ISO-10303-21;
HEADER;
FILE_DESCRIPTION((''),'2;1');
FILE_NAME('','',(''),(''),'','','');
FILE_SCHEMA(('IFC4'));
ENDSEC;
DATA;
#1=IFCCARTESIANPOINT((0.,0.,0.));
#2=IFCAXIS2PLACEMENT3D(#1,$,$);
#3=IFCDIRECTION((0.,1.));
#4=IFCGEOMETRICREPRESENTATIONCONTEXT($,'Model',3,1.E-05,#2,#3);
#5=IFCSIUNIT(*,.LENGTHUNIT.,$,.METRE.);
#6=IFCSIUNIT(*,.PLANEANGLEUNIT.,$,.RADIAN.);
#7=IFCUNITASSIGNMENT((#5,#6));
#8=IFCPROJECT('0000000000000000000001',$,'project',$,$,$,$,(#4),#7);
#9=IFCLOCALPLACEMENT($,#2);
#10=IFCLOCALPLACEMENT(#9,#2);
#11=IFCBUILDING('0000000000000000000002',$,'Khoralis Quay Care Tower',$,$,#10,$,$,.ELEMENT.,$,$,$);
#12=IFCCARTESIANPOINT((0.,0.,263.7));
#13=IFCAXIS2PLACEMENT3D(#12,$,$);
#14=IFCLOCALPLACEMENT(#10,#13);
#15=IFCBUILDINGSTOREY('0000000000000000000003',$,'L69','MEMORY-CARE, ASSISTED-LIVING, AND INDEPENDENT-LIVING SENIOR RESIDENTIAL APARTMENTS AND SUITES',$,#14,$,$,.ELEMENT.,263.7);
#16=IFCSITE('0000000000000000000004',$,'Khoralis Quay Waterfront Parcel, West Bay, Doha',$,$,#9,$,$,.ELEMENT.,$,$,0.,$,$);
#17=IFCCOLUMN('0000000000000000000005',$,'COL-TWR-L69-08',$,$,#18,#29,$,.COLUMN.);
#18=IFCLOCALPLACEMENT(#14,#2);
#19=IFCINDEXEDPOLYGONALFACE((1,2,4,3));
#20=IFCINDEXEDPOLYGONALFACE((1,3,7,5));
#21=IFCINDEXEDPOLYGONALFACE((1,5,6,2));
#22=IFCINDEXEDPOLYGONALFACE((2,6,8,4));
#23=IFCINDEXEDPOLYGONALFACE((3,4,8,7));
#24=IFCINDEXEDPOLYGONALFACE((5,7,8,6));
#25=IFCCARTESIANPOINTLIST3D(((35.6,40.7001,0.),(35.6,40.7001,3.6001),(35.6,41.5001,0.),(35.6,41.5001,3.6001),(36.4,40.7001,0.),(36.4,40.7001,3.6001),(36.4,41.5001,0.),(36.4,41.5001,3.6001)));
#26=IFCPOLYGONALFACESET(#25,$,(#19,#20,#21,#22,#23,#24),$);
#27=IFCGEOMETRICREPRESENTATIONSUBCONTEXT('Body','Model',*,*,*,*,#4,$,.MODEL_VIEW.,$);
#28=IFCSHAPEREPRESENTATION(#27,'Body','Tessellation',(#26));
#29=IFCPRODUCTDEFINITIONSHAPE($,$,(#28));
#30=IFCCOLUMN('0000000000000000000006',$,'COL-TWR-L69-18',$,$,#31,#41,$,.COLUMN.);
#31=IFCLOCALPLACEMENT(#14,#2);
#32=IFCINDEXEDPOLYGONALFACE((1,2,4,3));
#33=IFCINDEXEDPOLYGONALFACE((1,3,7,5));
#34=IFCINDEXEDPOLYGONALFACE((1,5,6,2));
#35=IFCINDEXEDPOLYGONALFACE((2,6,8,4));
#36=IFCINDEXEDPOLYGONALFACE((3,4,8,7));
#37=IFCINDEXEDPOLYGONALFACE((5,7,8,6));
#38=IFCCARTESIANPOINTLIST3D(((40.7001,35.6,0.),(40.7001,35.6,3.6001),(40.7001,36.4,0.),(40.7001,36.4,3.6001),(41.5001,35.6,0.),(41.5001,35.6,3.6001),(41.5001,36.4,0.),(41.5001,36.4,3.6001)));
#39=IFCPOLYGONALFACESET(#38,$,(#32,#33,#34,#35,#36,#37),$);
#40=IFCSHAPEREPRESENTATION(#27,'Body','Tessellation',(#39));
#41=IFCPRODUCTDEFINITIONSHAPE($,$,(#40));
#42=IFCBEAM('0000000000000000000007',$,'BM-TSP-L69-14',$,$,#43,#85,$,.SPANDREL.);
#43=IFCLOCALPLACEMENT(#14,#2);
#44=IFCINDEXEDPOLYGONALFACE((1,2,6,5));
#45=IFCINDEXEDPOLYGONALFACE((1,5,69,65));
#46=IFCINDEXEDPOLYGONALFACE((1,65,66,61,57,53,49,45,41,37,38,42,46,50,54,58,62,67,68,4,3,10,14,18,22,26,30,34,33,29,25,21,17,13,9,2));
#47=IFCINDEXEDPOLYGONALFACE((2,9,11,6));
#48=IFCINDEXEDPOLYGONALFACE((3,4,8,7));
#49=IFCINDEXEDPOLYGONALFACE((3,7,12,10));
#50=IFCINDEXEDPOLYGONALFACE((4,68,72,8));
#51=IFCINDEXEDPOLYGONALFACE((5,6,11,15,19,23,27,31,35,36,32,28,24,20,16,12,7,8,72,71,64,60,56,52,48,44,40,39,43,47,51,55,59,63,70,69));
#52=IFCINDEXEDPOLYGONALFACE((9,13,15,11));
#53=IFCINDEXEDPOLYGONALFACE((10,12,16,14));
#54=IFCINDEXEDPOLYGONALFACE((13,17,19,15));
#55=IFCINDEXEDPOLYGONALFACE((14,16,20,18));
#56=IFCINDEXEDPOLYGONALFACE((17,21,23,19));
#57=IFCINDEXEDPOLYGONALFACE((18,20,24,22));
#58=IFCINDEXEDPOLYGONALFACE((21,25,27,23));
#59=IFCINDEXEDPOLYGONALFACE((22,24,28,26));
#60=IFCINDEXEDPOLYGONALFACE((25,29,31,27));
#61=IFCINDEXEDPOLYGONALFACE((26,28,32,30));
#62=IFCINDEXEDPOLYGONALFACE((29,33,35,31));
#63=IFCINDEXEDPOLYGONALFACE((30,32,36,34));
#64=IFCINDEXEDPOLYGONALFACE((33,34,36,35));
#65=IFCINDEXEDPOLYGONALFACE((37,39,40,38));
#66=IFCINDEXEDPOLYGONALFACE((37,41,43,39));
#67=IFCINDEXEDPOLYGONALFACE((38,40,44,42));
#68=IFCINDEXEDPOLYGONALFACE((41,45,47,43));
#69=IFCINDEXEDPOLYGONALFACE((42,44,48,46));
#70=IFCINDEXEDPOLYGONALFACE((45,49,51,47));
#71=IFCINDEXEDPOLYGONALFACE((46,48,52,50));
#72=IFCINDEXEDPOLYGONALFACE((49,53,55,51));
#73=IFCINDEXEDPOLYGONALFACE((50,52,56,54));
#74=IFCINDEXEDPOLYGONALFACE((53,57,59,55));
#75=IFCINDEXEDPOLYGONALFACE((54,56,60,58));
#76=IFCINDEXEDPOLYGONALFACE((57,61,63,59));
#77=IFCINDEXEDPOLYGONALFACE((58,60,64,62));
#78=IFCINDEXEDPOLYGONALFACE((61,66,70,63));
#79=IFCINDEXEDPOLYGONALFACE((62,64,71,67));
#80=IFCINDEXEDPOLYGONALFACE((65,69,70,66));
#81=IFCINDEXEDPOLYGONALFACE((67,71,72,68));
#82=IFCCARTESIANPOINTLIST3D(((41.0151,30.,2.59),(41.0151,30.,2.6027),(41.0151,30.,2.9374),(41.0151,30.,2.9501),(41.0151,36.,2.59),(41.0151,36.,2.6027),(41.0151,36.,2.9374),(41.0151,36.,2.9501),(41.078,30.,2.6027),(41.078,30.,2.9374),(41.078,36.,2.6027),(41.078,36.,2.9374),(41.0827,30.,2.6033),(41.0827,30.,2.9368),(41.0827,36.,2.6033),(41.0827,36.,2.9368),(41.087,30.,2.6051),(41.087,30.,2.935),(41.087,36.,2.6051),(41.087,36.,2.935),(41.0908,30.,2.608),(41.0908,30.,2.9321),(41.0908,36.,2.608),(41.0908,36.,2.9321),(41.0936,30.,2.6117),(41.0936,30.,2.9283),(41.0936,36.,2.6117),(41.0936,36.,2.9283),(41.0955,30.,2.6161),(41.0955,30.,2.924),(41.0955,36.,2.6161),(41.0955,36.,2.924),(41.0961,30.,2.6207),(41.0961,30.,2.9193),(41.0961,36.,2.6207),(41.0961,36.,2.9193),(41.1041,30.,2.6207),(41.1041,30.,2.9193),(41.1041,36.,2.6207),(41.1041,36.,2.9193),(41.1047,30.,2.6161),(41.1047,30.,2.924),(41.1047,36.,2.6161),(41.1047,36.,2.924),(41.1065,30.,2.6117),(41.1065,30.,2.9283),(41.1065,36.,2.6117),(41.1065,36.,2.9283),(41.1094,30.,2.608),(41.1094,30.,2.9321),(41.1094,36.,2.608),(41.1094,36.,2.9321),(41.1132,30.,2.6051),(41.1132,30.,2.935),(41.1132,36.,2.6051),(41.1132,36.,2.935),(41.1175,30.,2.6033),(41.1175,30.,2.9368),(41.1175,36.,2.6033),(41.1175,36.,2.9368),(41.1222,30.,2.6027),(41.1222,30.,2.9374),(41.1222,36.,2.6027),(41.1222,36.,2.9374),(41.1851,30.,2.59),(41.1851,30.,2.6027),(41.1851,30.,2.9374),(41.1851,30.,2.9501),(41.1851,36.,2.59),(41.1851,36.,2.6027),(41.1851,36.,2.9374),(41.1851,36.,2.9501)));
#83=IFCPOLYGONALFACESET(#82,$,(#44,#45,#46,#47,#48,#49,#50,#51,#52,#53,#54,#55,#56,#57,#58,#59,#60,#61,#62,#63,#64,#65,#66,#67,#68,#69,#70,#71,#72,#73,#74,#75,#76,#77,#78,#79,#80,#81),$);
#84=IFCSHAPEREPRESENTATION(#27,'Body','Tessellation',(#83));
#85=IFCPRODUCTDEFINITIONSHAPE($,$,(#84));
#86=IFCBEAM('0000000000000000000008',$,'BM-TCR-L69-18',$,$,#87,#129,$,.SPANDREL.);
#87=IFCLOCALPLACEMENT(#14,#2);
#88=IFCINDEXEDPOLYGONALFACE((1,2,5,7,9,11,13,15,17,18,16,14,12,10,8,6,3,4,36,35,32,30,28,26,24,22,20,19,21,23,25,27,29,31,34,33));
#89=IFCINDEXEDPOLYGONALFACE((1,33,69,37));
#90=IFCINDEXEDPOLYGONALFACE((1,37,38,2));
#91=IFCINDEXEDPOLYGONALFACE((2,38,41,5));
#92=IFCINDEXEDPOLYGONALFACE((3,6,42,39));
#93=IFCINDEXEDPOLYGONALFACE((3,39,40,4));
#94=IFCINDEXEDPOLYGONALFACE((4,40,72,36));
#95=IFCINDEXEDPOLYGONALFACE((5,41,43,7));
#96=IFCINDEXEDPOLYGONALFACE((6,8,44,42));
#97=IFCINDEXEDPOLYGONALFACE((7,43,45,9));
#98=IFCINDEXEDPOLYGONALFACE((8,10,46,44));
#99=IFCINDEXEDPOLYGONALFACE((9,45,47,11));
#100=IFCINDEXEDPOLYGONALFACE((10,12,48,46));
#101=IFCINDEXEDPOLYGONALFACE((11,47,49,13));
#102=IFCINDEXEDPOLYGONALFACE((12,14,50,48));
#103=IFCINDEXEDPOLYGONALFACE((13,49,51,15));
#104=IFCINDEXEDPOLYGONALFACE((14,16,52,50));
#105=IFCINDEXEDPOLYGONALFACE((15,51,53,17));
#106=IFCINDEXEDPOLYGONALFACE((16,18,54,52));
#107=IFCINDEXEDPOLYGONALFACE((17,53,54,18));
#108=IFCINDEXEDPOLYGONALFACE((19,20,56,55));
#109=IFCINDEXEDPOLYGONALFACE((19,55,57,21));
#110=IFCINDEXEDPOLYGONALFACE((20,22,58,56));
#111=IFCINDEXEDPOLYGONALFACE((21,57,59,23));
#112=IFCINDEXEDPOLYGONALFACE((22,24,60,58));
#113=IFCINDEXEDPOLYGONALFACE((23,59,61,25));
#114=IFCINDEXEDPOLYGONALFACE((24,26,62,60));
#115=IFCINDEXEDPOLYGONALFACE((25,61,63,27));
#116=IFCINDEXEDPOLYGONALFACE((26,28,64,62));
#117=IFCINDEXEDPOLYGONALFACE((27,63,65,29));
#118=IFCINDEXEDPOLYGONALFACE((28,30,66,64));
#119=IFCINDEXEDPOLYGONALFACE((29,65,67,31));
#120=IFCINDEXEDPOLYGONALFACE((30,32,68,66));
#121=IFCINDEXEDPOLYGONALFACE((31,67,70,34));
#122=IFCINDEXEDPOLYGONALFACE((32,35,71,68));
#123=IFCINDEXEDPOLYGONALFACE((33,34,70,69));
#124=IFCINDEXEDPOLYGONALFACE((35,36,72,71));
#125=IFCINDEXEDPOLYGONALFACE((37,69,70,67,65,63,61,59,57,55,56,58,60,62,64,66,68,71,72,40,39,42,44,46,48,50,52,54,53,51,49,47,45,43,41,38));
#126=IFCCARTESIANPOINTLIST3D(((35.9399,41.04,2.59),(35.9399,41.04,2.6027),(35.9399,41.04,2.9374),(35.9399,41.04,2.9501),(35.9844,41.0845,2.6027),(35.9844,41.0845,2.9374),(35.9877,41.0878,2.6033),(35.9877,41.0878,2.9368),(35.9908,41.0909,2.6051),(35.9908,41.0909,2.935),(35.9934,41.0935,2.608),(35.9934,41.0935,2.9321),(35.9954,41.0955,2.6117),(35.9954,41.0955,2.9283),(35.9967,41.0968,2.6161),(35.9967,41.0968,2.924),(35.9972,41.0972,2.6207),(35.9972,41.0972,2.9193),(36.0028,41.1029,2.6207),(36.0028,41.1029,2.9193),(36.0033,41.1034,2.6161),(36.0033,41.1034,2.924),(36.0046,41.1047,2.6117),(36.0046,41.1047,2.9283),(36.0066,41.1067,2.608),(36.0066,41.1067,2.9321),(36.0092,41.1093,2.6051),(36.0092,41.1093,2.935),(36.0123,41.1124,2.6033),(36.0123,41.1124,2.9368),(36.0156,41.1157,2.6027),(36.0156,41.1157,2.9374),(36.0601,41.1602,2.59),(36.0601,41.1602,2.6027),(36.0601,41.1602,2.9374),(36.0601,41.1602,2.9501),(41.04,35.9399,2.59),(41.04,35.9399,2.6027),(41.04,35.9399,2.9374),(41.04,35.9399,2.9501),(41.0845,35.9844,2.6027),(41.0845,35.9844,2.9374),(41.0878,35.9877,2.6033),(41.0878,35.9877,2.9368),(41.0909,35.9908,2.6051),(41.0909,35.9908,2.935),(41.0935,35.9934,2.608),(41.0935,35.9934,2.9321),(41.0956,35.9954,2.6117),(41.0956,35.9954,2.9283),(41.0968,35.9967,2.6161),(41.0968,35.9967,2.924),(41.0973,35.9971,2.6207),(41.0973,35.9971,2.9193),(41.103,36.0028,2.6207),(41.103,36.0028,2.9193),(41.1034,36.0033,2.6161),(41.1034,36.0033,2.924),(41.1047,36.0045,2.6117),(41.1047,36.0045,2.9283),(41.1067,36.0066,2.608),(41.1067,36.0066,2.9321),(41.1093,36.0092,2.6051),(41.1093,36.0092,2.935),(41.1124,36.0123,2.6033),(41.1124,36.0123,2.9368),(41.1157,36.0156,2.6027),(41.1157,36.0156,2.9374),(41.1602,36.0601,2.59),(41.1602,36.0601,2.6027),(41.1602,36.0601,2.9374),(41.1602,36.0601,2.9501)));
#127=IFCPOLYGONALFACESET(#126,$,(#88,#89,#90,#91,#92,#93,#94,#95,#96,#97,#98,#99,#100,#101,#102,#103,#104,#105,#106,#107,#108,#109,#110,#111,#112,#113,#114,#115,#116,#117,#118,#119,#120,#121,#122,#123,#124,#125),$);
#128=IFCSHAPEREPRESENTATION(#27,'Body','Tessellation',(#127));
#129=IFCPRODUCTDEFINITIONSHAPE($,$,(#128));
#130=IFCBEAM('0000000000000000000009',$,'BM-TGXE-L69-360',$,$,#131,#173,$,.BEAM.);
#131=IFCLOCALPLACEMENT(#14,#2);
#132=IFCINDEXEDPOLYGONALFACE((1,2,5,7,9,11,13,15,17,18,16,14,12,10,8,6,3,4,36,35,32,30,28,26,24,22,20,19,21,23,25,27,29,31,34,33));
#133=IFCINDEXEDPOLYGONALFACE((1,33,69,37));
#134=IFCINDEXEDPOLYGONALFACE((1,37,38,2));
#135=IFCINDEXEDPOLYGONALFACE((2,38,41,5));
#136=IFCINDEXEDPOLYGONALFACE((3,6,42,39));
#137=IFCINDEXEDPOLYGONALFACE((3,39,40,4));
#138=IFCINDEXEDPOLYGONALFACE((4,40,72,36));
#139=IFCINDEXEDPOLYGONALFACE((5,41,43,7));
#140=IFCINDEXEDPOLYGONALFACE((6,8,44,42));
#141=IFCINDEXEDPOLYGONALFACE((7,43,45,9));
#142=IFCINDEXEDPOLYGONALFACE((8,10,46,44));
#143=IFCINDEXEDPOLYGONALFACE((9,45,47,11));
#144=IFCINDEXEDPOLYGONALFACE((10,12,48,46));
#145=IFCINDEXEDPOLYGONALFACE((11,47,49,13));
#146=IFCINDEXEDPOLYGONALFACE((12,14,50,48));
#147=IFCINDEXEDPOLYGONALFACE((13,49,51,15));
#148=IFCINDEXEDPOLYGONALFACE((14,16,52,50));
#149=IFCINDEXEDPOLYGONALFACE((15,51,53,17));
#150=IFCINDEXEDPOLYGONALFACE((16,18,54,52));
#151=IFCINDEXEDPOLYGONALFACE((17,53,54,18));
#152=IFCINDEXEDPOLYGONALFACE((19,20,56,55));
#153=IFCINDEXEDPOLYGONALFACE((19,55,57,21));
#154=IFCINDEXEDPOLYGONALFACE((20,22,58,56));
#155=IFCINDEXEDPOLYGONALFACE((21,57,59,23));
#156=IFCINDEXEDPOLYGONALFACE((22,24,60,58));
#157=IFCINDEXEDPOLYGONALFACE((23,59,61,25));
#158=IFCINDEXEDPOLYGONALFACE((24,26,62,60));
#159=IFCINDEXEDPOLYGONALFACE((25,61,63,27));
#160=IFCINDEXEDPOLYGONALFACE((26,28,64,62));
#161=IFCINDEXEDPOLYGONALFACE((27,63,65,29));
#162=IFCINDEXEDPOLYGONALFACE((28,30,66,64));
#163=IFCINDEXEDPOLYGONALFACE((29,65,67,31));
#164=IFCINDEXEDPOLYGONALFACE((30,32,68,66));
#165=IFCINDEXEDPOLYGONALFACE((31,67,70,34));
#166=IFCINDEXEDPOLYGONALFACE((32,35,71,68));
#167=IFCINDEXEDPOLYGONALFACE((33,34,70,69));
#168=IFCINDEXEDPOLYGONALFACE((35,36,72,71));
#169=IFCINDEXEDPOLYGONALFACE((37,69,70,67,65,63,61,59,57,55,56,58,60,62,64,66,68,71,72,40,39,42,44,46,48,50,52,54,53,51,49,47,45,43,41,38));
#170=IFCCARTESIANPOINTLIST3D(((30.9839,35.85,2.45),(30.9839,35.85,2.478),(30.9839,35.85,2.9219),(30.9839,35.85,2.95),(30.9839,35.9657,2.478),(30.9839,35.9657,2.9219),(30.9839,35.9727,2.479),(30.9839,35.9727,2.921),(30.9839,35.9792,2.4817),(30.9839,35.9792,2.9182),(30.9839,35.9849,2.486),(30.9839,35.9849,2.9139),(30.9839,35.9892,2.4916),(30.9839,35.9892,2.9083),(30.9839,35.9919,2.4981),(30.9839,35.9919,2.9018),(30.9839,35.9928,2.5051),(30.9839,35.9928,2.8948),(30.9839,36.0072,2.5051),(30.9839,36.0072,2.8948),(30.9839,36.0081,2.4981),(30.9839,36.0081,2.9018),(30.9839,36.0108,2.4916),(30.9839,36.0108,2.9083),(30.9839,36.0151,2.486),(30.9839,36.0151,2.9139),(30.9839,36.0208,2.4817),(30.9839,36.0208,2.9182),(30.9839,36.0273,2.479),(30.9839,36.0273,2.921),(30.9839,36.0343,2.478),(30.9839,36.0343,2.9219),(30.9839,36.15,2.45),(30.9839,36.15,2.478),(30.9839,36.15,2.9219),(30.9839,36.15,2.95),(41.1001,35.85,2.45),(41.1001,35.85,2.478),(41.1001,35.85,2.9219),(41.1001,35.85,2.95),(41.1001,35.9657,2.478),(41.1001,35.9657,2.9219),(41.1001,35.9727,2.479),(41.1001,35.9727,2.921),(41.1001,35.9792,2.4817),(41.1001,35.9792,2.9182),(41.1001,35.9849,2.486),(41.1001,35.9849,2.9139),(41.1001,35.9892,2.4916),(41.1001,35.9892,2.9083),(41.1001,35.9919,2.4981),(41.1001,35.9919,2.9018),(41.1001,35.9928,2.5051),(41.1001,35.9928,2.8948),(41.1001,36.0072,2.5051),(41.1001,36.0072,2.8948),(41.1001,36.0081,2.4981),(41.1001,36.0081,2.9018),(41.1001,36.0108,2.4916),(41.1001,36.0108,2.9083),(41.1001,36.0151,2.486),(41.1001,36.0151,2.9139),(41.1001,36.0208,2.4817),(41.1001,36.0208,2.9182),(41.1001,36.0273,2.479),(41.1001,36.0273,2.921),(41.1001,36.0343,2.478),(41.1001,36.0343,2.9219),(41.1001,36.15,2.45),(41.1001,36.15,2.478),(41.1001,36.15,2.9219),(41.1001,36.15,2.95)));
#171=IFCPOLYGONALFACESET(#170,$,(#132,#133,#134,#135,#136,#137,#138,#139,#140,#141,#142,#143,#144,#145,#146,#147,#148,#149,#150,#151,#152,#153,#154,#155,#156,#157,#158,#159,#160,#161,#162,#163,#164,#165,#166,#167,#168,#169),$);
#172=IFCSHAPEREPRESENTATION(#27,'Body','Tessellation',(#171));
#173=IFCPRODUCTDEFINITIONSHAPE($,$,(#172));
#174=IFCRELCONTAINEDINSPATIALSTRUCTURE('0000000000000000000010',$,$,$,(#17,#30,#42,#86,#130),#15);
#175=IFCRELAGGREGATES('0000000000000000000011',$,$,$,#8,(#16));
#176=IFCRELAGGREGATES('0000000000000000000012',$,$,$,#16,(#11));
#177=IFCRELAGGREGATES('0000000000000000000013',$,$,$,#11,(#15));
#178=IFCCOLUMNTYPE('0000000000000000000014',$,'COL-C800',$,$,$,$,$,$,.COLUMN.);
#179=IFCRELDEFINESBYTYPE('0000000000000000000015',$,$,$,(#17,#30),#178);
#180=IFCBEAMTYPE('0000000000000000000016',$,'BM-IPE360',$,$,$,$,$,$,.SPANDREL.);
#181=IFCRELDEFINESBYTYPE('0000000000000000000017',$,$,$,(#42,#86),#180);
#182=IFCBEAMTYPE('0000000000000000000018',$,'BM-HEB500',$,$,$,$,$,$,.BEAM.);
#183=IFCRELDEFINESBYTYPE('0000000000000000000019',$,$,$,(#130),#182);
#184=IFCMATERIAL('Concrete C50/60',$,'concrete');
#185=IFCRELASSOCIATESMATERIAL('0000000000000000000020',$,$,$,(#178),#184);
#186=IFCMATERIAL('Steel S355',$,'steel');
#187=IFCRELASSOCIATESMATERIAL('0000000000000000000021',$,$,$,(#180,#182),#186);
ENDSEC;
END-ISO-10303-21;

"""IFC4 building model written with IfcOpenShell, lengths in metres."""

from ifc_helpers import new_model, si_unit, direction, frame, origin, origin_2d, place, context, subcontext, project, spatial, rectangle, i_section, extrude, source, transform, mapped, material, material_profile, profile_set, type_object, element, save


model = new_model("IFC4")

# Units and contexts
model_context = context("Model", 3, precision=1e-05, world=origin(), true_north=direction((0.0, 1.0)))
body_context = subcontext(model_context, "Body", "Model", "MODEL_VIEW")
ifc_project = project(units=[si_unit("LENGTHUNIT", "METRE"), si_unit("PLANEANGLEUNIT", "RADIAN")], contexts=[model_context])

# Site, building, storey
site_placement = place(None, origin())
site = spatial("IfcSite", under=ifc_project, at=site_placement, Name="Khoralis Quay Waterfront Parcel, West Bay, Doha", CompositionType="ELEMENT", RefElevation=0.0)
building_placement = place(site_placement, origin())
building = spatial("IfcBuilding", under=site, at=building_placement, Name="Khoralis Quay Care Tower", CompositionType="ELEMENT")
storey_placement = place(building_placement, frame((0.0, 0.0, 263.7)))
storey = spatial("IfcBuildingStorey", under=building, at=storey_placement, Name="L69", Description="MEMORY-CARE, ASSISTED-LIVING, AND INDEPENDENT-LIVING SENIOR RESIDENTIAL APARTMENTS AND SUITES", CompositionType="ELEMENT", Elevation=263.7)

# Columns
ifc_material_1 = material(Name="Concrete C50/60", Category="concrete")
ifc_material_profile_1 = material_profile(ifc_material_1, rectangle(XDim=0.8, YDim=0.8, at=origin_2d()), Name="Concrete C50/60")
ifc_profile_set_1 = profile_set([ifc_material_profile_1], Name="Concrete C50/60")
column_type = type_object("IfcColumnType", Name="COL-C800", PredefinedType="COLUMN", material=ifc_profile_set_1)
shared_shape_1 = source(origin(), body_context, "Body", "SweptSolid", [
    extrude(rectangle(XDim=0.8, YDim=0.8, at=origin_2d()), origin(), (0.0, 0.0, 1.0), 3.6001),
])
for number, where, z_axis, x_axis, name in (
    (1, (36.0, 41.1001, 0.0), (0.0, 0.0, 1.0), (1.0, 0.0, 0.0), "COL-TWR-L69-08"),
    (2, (41.1001, 36.0, 0.0), (0.0, 0.0, 1.0), (1.0, 0.0, 0.0), "COL-TWR-L69-18"),
):
    element("IfcColumn", number, at=place(storey_placement, frame(where, z_axis=z_axis, x_axis=x_axis)), inside=storey, type_object=column_type, Name=name, PredefinedType="COLUMN", context=body_context, shape_type="MappedRepresentation", body=[
        mapped(shared_shape_1, transform((0.0, 0.0, 0.0), scale=1.0)),
    ])

# Beams
ifc_material_2 = material(Name="Steel S355", Category="steel")
ifc_material_profile_2 = material_profile(ifc_material_2, i_section(OverallWidth=0.1699, OverallDepth=0.3601, WebThickness=0.0081, FlangeThickness=0.0127, FilletRadius=0.0181, at=origin_2d()), Name="Steel S355")
ifc_profile_set_2 = profile_set([ifc_material_profile_2], Name="Steel S355")
beam_type_1 = type_object("IfcBeamType", Name="BM-IPE360", PredefinedType="SPANDREL", material=ifc_profile_set_2)
shared_shape_2 = source(origin(), body_context, "Body", "SweptSolid", [
    extrude(i_section(OverallWidth=0.1699, OverallDepth=0.3601, WebThickness=0.0081, FlangeThickness=0.0127, FilletRadius=0.0181, at=origin_2d()), origin(), (0.0, 0.0, 1.0), 6.0),
])
beam_1_placement = place(storey_placement, frame((41.1001, 30.0, 2.77), z_axis=(0.0, 1.0, 0.0), x_axis=(-1.0, 0.0, 0.0)))
element("IfcBeam", 3, at=beam_1_placement, inside=storey, type_object=beam_type_1, Name="BM-TSP-L69-14", PredefinedType="SPANDREL", context=body_context, shape_type="MappedRepresentation", body=[
    mapped(shared_shape_2, transform((0.0, 0.0, 0.0), scale=1.0)),
])
shared_shape_3 = source(origin(), body_context, "Body", "SweptSolid", [
    extrude(i_section(OverallWidth=0.1699, OverallDepth=0.3601, WebThickness=0.0081, FlangeThickness=0.0127, FilletRadius=0.0181, at=origin_2d()), origin(), (0.0, 0.0, 1.0), 7.2126),
])
beam_2_placement = place(storey_placement, frame((36.0, 41.1001, 2.77), z_axis=(0.707107, -0.707107, 0.0), x_axis=(0.707107, 0.707107, 0.0)))
element("IfcBeam", 4, at=beam_2_placement, inside=storey, type_object=beam_type_1, Name="BM-TCR-L69-18", PredefinedType="SPANDREL", context=body_context, shape_type="MappedRepresentation", body=[
    mapped(shared_shape_3, transform((0.0, 0.0, 0.0), scale=1.0)),
])
ifc_material_profile_3 = material_profile(ifc_material_2, i_section(OverallWidth=0.3, OverallDepth=0.5, WebThickness=0.0144, FlangeThickness=0.0281, FilletRadius=0.0271, at=origin_2d()), Name="Steel S355")
ifc_profile_set_3 = profile_set([ifc_material_profile_3], Name="Steel S355")
beam_type_2 = type_object("IfcBeamType", Name="BM-HEB500", PredefinedType="BEAM", material=ifc_profile_set_3)
shared_shape_4 = source(origin(), body_context, "Body", "SweptSolid", [
    extrude(i_section(OverallWidth=0.3, OverallDepth=0.5, WebThickness=0.0144, FlangeThickness=0.0281, FilletRadius=0.0271, at=origin_2d()), origin(), (0.0, 0.0, 1.0), 10.1162),
])
beam_3_placement = place(storey_placement, frame((30.9839, 36.0, 2.7), z_axis=(1.0, 0.0, 0.0), x_axis=(0.0, 1.0, 0.0)))
element("IfcBeam", 5, at=beam_3_placement, inside=storey, type_object=beam_type_2, Name="BM-TGXE-L69-360", PredefinedType="BEAM", context=body_context, shape_type="MappedRepresentation", body=[
    mapped(shared_shape_4, transform((0.0, 0.0, 0.0), scale=1.0)),
])

save(model, "model.ifc")
